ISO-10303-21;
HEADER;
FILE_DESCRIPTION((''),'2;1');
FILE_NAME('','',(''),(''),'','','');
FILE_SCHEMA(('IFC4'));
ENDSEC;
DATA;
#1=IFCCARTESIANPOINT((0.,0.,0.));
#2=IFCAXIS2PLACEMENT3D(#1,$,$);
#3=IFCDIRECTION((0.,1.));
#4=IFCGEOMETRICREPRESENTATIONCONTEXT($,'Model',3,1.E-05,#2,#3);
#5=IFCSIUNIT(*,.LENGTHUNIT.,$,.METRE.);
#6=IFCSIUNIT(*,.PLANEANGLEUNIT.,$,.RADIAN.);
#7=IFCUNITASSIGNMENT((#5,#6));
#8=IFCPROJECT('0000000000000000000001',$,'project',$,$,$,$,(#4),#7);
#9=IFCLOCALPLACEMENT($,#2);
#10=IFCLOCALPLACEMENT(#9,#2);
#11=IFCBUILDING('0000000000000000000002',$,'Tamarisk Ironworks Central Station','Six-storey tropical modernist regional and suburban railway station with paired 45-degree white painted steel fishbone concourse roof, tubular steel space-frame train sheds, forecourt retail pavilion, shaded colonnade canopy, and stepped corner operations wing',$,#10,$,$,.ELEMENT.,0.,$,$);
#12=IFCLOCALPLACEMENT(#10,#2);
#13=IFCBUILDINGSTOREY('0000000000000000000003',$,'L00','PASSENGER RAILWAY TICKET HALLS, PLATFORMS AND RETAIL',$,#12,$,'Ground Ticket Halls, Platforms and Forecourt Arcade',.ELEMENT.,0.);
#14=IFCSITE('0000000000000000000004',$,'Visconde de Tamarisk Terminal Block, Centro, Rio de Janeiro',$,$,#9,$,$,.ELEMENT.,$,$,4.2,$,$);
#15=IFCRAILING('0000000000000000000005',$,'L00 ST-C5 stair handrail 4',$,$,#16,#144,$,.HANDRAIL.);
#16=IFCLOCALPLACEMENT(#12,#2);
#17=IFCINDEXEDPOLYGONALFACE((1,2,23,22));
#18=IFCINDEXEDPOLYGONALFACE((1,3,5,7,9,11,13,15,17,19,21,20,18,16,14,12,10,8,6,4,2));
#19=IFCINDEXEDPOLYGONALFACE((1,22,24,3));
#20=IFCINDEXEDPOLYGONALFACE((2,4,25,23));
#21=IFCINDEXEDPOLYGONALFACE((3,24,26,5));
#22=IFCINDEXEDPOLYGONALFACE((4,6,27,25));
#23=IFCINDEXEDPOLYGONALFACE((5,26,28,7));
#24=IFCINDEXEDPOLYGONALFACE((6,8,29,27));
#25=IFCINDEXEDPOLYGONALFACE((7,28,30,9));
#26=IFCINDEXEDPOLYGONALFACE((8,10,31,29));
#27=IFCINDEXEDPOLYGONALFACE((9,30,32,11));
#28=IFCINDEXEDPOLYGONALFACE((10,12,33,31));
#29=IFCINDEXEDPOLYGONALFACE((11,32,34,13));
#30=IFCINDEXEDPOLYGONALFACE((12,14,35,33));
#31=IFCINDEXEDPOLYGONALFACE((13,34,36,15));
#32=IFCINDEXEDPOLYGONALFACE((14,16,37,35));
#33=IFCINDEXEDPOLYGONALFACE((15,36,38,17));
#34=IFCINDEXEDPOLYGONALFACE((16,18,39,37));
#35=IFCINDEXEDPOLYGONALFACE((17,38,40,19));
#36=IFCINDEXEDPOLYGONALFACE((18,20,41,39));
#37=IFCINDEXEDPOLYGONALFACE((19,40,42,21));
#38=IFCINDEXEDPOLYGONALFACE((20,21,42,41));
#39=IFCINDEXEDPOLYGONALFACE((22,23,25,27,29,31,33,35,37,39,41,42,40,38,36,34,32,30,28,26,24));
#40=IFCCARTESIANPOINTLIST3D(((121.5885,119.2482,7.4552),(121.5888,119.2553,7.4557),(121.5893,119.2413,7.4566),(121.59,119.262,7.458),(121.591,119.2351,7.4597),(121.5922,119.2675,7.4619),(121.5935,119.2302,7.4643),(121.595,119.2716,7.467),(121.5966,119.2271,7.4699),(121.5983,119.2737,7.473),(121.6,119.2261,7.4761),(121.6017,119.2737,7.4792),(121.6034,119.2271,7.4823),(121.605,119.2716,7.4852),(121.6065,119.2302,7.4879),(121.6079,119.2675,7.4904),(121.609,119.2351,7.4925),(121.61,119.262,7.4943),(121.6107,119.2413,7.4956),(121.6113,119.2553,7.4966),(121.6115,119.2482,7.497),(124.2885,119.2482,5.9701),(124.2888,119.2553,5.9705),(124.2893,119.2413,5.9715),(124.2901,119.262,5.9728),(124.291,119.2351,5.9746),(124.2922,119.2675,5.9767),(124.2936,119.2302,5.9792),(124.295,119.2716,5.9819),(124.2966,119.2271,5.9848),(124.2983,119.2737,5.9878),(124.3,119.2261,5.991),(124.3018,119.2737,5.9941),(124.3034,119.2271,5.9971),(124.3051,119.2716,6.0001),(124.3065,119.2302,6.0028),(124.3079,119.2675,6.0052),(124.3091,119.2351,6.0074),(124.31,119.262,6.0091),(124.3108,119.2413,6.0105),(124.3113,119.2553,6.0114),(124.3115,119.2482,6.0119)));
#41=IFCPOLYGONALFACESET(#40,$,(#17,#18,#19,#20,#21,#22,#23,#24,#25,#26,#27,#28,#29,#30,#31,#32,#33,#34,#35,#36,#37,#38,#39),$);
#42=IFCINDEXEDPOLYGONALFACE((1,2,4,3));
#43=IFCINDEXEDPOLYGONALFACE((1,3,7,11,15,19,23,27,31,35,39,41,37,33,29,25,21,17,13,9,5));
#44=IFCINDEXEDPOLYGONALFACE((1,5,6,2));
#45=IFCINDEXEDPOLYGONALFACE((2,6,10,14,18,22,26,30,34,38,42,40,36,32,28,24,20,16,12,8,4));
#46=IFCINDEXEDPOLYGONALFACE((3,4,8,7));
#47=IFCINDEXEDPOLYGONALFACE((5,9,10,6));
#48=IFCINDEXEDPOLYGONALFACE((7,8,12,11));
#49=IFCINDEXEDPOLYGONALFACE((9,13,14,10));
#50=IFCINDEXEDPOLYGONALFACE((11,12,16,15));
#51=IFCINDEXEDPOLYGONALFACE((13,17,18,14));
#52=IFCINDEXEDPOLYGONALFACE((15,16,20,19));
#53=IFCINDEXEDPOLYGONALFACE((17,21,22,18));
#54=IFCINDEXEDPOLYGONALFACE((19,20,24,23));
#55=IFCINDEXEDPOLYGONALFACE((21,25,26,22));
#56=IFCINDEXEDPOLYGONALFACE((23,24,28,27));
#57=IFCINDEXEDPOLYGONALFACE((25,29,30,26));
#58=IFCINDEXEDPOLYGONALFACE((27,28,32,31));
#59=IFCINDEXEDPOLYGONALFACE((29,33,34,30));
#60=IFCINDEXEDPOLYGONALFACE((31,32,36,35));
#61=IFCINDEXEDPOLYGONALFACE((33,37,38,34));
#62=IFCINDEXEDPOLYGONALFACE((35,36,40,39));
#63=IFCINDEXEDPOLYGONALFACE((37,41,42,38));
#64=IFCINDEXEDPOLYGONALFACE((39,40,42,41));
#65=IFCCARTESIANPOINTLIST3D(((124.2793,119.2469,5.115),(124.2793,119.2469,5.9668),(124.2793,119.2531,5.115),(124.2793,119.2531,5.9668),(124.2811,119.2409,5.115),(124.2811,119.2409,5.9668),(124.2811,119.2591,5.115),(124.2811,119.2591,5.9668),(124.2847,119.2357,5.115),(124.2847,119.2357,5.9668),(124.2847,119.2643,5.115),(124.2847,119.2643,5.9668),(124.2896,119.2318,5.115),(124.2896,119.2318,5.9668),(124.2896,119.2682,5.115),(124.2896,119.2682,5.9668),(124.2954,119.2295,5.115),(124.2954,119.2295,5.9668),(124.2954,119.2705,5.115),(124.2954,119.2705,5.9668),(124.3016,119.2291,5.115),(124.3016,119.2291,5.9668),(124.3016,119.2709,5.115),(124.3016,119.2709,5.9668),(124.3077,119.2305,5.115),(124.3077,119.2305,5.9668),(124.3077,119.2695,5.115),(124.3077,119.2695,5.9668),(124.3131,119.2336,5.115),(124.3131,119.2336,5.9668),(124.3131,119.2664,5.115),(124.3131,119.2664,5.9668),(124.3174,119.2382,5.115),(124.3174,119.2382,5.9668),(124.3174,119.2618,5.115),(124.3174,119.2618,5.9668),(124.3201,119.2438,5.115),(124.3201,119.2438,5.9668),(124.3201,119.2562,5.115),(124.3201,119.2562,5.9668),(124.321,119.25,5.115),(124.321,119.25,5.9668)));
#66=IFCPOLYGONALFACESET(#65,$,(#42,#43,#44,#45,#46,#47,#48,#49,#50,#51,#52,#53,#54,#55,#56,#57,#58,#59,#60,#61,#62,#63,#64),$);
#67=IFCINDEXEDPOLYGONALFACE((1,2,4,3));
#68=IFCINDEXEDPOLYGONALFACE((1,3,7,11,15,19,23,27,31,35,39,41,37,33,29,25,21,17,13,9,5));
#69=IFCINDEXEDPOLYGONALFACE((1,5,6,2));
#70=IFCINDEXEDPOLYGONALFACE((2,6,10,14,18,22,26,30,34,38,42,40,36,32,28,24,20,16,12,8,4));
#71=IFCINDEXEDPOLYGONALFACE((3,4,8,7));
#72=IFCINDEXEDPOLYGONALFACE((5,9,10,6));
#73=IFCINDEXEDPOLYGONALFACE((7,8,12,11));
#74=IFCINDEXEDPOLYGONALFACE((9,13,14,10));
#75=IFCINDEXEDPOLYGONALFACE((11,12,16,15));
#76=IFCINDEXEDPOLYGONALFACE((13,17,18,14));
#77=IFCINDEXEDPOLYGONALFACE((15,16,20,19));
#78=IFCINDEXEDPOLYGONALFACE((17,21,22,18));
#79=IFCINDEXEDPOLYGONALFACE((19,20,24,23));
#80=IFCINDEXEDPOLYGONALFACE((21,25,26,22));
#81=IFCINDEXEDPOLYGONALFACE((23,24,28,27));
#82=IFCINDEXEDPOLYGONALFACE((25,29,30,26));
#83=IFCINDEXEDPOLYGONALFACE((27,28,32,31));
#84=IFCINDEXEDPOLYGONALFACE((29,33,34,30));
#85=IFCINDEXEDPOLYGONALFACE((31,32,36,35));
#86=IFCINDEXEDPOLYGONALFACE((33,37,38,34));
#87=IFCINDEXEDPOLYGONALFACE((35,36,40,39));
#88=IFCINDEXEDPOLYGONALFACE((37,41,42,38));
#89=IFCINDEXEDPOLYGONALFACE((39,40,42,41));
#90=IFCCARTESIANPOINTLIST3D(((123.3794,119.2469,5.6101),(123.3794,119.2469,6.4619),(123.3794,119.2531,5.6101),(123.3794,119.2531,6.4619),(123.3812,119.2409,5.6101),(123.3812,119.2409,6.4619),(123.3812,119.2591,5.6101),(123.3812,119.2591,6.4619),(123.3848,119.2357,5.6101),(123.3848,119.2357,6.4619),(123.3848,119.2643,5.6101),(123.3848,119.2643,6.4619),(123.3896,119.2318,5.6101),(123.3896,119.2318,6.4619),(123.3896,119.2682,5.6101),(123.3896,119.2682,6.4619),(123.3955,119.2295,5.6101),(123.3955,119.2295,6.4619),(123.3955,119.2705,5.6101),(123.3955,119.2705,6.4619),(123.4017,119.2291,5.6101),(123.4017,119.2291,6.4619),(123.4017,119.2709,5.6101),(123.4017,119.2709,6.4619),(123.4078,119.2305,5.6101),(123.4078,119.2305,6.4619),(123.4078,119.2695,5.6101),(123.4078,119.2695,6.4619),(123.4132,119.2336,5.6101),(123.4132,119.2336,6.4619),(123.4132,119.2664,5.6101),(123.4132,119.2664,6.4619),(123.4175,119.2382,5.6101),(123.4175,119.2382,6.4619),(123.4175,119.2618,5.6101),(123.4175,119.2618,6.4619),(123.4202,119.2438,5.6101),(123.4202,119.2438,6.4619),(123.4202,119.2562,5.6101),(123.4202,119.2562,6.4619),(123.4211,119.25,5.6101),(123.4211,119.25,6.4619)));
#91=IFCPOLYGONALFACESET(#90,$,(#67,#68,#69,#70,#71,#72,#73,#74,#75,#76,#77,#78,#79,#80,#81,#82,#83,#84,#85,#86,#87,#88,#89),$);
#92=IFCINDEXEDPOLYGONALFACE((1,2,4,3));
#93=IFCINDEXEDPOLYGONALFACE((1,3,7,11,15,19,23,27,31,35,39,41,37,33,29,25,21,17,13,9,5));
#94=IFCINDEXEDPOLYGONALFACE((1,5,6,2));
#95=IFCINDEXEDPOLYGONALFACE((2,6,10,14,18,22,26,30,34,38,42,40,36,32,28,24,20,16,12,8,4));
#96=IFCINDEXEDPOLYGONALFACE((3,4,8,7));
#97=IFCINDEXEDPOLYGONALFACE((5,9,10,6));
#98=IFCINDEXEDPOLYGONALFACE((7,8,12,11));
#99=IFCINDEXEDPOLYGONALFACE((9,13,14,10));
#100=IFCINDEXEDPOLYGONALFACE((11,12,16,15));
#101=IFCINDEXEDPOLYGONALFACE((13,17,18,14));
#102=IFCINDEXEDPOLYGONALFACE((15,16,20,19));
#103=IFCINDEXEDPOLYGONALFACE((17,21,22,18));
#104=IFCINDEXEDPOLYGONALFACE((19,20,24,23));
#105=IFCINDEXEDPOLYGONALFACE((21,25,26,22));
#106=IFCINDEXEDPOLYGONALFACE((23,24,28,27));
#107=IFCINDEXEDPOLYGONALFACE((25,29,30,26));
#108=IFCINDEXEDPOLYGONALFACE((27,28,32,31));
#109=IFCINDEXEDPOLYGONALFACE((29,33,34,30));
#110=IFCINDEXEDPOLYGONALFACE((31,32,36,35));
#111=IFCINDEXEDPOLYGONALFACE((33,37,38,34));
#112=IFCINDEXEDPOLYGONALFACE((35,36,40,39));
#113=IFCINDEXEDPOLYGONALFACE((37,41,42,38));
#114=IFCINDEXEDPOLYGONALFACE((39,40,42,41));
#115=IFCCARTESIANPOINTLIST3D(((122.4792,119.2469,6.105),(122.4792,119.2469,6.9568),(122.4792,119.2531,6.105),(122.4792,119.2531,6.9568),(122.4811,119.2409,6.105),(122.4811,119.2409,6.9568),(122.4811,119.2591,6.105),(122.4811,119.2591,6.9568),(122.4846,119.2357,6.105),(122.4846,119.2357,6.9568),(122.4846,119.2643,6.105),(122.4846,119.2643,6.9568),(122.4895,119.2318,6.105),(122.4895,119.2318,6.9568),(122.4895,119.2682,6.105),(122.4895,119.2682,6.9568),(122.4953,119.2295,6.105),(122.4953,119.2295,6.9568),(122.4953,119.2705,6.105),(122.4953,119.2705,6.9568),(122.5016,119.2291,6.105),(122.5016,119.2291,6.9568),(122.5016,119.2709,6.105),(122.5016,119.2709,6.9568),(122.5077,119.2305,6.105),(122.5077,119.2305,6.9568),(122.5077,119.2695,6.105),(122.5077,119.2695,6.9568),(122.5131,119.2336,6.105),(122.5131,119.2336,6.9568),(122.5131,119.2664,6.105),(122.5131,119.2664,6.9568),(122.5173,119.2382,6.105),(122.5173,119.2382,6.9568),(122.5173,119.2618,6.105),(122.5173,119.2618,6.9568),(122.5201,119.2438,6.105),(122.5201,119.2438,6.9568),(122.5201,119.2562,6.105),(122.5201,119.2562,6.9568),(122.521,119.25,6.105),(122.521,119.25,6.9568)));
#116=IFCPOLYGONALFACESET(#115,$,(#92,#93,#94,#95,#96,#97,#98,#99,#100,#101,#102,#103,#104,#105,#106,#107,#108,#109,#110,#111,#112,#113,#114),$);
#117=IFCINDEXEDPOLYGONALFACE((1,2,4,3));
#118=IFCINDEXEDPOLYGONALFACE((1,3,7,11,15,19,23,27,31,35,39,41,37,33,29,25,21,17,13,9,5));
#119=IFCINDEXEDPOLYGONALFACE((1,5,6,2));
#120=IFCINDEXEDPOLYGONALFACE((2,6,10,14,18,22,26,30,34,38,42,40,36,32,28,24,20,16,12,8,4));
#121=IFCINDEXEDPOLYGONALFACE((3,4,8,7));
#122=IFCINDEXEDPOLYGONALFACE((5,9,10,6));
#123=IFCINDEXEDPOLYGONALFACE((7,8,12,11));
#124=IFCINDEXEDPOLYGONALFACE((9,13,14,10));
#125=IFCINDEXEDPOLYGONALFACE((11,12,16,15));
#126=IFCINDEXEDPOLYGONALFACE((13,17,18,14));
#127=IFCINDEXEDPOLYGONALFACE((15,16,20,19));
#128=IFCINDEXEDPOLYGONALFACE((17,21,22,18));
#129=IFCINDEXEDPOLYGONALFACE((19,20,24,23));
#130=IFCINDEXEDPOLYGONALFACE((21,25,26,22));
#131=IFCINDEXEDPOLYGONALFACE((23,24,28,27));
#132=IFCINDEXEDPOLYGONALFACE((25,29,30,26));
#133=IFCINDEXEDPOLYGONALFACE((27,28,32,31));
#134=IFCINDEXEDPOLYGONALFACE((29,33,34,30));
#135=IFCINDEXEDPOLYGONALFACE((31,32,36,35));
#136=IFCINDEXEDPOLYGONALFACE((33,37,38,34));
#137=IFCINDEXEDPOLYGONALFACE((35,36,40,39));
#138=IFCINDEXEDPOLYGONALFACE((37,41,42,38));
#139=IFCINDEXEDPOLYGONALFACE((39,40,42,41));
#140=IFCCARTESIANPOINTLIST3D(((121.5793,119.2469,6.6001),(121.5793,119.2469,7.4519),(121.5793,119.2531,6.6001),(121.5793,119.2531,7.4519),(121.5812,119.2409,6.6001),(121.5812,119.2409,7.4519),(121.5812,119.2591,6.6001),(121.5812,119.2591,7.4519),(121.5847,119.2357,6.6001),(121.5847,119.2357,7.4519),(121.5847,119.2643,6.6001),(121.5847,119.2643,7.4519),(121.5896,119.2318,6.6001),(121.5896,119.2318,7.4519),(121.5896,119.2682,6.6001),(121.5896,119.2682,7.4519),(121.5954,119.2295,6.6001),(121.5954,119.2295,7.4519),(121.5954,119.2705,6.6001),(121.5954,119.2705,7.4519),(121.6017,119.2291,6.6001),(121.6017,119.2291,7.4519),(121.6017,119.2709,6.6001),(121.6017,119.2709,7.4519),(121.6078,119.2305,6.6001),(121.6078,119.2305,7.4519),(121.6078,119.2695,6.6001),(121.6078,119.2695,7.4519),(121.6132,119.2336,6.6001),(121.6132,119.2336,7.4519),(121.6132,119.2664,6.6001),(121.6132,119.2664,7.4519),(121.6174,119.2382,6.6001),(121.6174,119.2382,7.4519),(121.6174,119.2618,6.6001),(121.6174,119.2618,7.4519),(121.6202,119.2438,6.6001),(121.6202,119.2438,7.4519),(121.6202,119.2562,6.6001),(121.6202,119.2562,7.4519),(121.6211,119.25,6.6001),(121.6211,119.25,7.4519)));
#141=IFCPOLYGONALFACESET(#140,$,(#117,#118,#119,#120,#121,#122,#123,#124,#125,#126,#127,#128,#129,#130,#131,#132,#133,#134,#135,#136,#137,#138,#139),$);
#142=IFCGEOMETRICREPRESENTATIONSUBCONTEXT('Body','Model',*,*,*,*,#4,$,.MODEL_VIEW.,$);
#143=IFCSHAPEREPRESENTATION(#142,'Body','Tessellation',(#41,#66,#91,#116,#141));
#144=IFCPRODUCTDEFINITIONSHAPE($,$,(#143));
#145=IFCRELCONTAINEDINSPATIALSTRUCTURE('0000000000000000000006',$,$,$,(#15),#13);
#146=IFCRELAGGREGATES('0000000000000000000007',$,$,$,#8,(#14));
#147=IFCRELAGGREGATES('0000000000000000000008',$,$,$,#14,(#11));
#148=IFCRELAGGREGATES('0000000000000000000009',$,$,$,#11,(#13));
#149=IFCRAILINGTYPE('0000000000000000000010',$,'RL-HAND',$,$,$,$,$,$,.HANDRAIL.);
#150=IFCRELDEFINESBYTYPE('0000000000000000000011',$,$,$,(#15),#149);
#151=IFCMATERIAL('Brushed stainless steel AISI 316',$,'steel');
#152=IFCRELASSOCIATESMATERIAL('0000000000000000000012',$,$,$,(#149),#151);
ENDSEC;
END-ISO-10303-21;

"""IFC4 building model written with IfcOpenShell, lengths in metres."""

from ifc_helpers import new_model, si_unit, direction, frame, origin, origin_2d, place, context, subcontext, project, spatial, circle, extrude, material, type_object, element, save


model = new_model("IFC4")

# Units and contexts
model_context = context("Model", 3, precision=1e-05, world=origin(), true_north=direction((0.0, 1.0)))
body_context = subcontext(model_context, "Body", "Model", "MODEL_VIEW")
ifc_project = project(units=[si_unit("LENGTHUNIT", "METRE"), si_unit("PLANEANGLEUNIT", "RADIAN")], contexts=[model_context])

# Site, building, storey
site_placement = place(None, origin())
site = spatial("IfcSite", under=ifc_project, at=site_placement, Name="Visconde de Tamarisk Terminal Block, Centro, Rio de Janeiro", CompositionType="ELEMENT", RefElevation=4.2)
building_placement = place(site_placement, origin())
building = spatial("IfcBuilding", under=site, at=building_placement, Name="Tamarisk Ironworks Central Station", Description="Six-storey tropical modernist regional and suburban railway station with paired 45-degree white painted steel fishbone concourse roof, tubular steel space-frame train sheds, forecourt retail pavilion, shaded colonnade canopy, and stepped corner operations wing", CompositionType="ELEMENT", ElevationOfRefHeight=0.0)
storey_placement = place(building_placement, origin())
storey = spatial("IfcBuildingStorey", under=building, at=storey_placement, Name="L00", Description="PASSENGER RAILWAY TICKET HALLS, PLATFORMS AND RETAIL", LongName="Ground Ticket Halls, Platforms and Forecourt Arcade", CompositionType="ELEMENT", Elevation=0.0)

# Railing
ifc_material_1 = material(Name="Brushed stainless steel AISI 316", Category="steel")
railing_type_1 = type_object("IfcRailingType", Name="RL-HAND", PredefinedType="HANDRAIL", material=ifc_material_1)
railing_1_placement = place(storey_placement, frame((124.3, 119.25, 5.115)))
element("IfcRailing", 1, at=railing_1_placement, inside=storey, type_object=railing_type_1, Name="L00 ST-C5 stair handrail 4", PredefinedType="HANDRAIL", context=body_context, shape_type="SweptSolid", body=[
    extrude(circle(Radius=0.0239, at=origin_2d()), frame((0.0, 0.0, 0.876), z_axis=(-0.876198, 0.0, 0.481952), x_axis=(0.0, -1.0, 0.0)), (0.0, 0.0, 1.0), 3.0815),
    extrude(circle(Radius=0.021, at=origin_2d()), origin(), (0.0, 0.0, 1.0), 0.8518),
    extrude(circle(Radius=0.021, at=origin_2d()), frame((-0.8999, 0.0, 0.4951)), (0.0, 0.0, 1.0), 0.8518),
    extrude(circle(Radius=0.021, at=origin_2d()), frame((-1.8, 0.0, 0.99)), (0.0, 0.0, 1.0), 0.8518),
    extrude(circle(Radius=0.021, at=origin_2d()), frame((-2.7, 0.0, 1.4851)), (0.0, 0.0, 1.0), 0.8518),
])

save(model, "model.ifc")
